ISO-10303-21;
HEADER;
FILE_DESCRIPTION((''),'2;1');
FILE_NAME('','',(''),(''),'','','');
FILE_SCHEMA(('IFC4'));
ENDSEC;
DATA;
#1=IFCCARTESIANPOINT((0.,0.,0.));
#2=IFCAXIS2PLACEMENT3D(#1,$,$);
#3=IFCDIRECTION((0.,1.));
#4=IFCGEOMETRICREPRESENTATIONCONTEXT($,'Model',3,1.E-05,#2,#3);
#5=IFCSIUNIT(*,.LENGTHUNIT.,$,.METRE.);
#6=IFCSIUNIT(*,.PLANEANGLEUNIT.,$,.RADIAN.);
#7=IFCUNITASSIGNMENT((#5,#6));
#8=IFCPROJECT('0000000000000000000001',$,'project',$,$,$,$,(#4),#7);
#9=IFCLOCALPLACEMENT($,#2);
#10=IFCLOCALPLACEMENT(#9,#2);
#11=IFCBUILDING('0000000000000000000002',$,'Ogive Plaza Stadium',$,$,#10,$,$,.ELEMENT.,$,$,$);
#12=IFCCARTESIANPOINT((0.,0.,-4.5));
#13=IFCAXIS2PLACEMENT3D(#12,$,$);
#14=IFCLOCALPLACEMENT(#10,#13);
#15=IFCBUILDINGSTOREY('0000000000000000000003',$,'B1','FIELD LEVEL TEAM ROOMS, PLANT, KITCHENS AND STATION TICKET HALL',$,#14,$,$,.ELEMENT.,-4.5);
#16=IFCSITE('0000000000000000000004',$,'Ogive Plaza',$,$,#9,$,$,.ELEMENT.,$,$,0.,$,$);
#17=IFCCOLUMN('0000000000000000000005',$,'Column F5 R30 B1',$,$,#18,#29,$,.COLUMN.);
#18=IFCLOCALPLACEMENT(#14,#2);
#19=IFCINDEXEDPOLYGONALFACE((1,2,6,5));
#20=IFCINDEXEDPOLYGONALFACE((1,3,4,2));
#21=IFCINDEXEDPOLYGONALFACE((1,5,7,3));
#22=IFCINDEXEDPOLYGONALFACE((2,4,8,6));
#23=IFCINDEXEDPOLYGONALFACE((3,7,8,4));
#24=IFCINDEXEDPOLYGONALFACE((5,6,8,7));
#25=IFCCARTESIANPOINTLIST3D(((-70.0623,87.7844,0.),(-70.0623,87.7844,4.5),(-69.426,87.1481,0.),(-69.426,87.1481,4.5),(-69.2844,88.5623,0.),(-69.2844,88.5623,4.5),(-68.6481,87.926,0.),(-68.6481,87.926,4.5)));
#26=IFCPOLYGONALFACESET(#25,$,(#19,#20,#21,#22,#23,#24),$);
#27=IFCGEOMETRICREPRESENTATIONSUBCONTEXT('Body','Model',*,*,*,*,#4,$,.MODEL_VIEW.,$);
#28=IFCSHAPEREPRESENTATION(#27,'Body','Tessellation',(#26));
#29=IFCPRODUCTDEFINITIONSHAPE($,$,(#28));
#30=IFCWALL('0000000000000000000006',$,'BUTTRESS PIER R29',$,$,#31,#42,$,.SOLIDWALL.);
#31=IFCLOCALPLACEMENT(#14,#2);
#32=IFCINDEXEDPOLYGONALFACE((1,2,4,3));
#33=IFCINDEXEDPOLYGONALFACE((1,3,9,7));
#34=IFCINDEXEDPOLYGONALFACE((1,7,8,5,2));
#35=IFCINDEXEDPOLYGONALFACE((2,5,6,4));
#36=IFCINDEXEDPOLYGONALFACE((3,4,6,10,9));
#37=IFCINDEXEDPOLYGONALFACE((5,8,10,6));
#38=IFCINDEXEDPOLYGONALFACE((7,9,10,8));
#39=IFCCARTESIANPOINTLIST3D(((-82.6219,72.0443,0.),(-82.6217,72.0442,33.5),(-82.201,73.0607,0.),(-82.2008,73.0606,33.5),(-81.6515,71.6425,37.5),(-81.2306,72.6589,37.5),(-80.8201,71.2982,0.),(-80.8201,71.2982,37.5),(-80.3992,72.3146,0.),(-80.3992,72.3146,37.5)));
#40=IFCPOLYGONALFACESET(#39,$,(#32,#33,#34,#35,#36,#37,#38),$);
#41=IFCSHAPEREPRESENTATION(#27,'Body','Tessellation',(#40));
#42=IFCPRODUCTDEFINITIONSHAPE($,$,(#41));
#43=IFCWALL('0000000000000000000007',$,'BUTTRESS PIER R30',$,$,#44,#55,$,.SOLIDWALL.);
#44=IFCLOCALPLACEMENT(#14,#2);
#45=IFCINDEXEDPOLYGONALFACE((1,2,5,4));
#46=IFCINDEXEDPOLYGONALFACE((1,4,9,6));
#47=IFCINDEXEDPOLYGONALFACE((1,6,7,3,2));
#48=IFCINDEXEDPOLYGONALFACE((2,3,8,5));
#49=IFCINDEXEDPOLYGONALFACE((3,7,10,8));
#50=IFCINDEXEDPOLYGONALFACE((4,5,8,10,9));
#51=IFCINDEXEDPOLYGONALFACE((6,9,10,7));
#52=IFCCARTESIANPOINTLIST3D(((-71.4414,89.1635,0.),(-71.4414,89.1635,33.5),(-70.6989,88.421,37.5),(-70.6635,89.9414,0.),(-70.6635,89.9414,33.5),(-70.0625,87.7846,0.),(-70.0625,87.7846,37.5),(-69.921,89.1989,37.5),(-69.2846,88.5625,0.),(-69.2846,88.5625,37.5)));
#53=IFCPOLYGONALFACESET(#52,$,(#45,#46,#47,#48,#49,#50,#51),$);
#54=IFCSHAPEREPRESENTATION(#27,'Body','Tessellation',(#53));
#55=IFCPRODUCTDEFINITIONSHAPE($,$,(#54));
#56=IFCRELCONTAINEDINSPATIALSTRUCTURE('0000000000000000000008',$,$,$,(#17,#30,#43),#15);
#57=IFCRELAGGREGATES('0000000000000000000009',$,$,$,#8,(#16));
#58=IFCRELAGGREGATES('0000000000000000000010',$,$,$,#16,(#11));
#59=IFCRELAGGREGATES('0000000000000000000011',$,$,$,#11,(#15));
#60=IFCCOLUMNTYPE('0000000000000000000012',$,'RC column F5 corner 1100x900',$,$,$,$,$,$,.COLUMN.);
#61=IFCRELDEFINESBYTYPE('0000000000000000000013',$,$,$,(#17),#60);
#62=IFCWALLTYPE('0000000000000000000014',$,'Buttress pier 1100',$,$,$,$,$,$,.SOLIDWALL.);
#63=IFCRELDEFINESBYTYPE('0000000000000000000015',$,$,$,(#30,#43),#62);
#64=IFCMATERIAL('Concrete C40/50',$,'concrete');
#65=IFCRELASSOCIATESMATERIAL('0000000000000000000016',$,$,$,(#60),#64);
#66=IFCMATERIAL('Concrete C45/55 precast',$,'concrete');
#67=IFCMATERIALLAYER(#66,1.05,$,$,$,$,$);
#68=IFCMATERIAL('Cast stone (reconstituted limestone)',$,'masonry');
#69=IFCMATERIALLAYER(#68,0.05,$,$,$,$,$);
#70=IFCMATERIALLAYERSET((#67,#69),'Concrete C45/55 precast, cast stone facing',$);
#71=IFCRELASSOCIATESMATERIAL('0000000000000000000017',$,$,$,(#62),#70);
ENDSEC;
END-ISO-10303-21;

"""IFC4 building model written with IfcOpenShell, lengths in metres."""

from ifc_helpers import new_model, si_unit, direction, frame, origin, origin_2d, place, context, subcontext, project, spatial, polyline, rectangle, outline, extrude, material, layer, layer_set, material_profile, profile_set, type_object, element, save


model = new_model("IFC4")

# Units and contexts
model_context = context("Model", 3, precision=1e-05, world=origin(), true_north=direction((0.0, 1.0)))
body_context = subcontext(model_context, "Body", "Model", "MODEL_VIEW")
ifc_project = project(units=[si_unit("LENGTHUNIT", "METRE"), si_unit("PLANEANGLEUNIT", "RADIAN")], contexts=[model_context])

# Site, building, storey
site_placement = place(None, origin())
site = spatial("IfcSite", under=ifc_project, at=site_placement, Name="Ogive Plaza", CompositionType="ELEMENT", RefElevation=0.0)
building_placement = place(site_placement, origin())
building = spatial("IfcBuilding", under=site, at=building_placement, Name="Ogive Plaza Stadium", CompositionType="ELEMENT")
storey_placement = place(building_placement, frame((0.0, 0.0, -4.5)))
storey = spatial("IfcBuildingStorey", under=building, at=storey_placement, Name="B1", Description="FIELD LEVEL TEAM ROOMS, PLANT, KITCHENS AND STATION TICKET HALL", CompositionType="ELEMENT", Elevation=-4.5)

# Column
ifc_material_1 = material(Name="Concrete C40/50", Category="concrete")
ifc_material_profile_1 = material_profile(ifc_material_1, rectangle(XDim=1.1001, YDim=0.8999, at=origin_2d()), Name="RC 1100x900")
ifc_profile_set_1 = profile_set([ifc_material_profile_1], Name="Concrete C40/50")
column_type_1 = type_object("IfcColumnType", Name="RC column F5 corner 1100x900", PredefinedType="COLUMN", material=ifc_profile_set_1)
column_1_placement = place(storey_placement, frame((-69.3552, 87.8552, 0.0), z_axis=(0.0, 0.0, 1.0), x_axis=(-0.707107, -0.707107, 0.0)))
element("IfcColumn", 1, at=column_1_placement, inside=storey, type_object=column_type_1, Name="Column F5 R30 B1", PredefinedType="COLUMN", context=body_context, shape_type="SweptSolid", body=[
    extrude(rectangle(XDim=1.1001, YDim=0.8999, at=origin_2d()), origin(), (0.0, 0.0, 1.0), 4.5),
])

# Walls
ifc_material_2 = material(Name="Concrete C45/55 precast", Category="concrete")
ifc_layer_1 = layer(ifc_material_2, 1.05)
ifc_material_3 = material(Name="Cast stone (reconstituted limestone)", Category="masonry")
ifc_layer_2 = layer(ifc_material_3, 0.05)
ifc_layer_set_1 = layer_set([ifc_layer_1, ifc_layer_2], Name="Concrete C45/55 precast, cast stone facing")
wall_type = type_object("IfcWallType", Name="Buttress pier 1100", PredefinedType="SOLIDWALL", material=ifc_layer_set_1)
wall_1_placement = place(storey_placement, frame((-80.6096, 71.8064, 0.0), z_axis=(0.0, 0.0, 1.0), x_axis=(-0.923919, 0.382588, 0.0)))
element("IfcWall", 2, at=wall_1_placement, inside=storey, type_object=wall_type, Name="BUTTRESS PIER R29", PredefinedType="SOLIDWALL", context=body_context, shape_type="SweptSolid", body=[
    extrude(outline(polyline([(0.0, 0.0), (1.9502, 0.0), (1.95, 33.5), (0.8999, 37.5), (0.0, 37.5), (0.0, 0.0)])), frame((0.0, 0.55, 0.0), z_axis=(0.0, -1.0, 0.0), x_axis=(1.0, 0.0, 0.0)), (0.0, 0.0, 1.0), 1.1001),
])
wall_2_placement = place(storey_placement, frame((-69.6736, 88.1736, 0.0), z_axis=(0.0, 0.0, 1.0), x_axis=(-0.707107, 0.707107, 0.0)))
element("IfcWall", 3, at=wall_2_placement, inside=storey, type_object=wall_type, Name="BUTTRESS PIER R30", PredefinedType="SOLIDWALL", context=body_context, shape_type="SweptSolid", body=[
    extrude(outline(polyline([(0.0, 0.0), (1.95, 0.0), (1.95, 33.5), (0.8999, 37.5), (0.0, 37.5), (0.0, 0.0)])), frame((0.0, 0.55, 0.0), z_axis=(0.0, -1.0, 0.0), x_axis=(1.0, 0.0, 0.0)), (0.0, 0.0, 1.0), 1.1001),
])

save(model, "model.ifc")
